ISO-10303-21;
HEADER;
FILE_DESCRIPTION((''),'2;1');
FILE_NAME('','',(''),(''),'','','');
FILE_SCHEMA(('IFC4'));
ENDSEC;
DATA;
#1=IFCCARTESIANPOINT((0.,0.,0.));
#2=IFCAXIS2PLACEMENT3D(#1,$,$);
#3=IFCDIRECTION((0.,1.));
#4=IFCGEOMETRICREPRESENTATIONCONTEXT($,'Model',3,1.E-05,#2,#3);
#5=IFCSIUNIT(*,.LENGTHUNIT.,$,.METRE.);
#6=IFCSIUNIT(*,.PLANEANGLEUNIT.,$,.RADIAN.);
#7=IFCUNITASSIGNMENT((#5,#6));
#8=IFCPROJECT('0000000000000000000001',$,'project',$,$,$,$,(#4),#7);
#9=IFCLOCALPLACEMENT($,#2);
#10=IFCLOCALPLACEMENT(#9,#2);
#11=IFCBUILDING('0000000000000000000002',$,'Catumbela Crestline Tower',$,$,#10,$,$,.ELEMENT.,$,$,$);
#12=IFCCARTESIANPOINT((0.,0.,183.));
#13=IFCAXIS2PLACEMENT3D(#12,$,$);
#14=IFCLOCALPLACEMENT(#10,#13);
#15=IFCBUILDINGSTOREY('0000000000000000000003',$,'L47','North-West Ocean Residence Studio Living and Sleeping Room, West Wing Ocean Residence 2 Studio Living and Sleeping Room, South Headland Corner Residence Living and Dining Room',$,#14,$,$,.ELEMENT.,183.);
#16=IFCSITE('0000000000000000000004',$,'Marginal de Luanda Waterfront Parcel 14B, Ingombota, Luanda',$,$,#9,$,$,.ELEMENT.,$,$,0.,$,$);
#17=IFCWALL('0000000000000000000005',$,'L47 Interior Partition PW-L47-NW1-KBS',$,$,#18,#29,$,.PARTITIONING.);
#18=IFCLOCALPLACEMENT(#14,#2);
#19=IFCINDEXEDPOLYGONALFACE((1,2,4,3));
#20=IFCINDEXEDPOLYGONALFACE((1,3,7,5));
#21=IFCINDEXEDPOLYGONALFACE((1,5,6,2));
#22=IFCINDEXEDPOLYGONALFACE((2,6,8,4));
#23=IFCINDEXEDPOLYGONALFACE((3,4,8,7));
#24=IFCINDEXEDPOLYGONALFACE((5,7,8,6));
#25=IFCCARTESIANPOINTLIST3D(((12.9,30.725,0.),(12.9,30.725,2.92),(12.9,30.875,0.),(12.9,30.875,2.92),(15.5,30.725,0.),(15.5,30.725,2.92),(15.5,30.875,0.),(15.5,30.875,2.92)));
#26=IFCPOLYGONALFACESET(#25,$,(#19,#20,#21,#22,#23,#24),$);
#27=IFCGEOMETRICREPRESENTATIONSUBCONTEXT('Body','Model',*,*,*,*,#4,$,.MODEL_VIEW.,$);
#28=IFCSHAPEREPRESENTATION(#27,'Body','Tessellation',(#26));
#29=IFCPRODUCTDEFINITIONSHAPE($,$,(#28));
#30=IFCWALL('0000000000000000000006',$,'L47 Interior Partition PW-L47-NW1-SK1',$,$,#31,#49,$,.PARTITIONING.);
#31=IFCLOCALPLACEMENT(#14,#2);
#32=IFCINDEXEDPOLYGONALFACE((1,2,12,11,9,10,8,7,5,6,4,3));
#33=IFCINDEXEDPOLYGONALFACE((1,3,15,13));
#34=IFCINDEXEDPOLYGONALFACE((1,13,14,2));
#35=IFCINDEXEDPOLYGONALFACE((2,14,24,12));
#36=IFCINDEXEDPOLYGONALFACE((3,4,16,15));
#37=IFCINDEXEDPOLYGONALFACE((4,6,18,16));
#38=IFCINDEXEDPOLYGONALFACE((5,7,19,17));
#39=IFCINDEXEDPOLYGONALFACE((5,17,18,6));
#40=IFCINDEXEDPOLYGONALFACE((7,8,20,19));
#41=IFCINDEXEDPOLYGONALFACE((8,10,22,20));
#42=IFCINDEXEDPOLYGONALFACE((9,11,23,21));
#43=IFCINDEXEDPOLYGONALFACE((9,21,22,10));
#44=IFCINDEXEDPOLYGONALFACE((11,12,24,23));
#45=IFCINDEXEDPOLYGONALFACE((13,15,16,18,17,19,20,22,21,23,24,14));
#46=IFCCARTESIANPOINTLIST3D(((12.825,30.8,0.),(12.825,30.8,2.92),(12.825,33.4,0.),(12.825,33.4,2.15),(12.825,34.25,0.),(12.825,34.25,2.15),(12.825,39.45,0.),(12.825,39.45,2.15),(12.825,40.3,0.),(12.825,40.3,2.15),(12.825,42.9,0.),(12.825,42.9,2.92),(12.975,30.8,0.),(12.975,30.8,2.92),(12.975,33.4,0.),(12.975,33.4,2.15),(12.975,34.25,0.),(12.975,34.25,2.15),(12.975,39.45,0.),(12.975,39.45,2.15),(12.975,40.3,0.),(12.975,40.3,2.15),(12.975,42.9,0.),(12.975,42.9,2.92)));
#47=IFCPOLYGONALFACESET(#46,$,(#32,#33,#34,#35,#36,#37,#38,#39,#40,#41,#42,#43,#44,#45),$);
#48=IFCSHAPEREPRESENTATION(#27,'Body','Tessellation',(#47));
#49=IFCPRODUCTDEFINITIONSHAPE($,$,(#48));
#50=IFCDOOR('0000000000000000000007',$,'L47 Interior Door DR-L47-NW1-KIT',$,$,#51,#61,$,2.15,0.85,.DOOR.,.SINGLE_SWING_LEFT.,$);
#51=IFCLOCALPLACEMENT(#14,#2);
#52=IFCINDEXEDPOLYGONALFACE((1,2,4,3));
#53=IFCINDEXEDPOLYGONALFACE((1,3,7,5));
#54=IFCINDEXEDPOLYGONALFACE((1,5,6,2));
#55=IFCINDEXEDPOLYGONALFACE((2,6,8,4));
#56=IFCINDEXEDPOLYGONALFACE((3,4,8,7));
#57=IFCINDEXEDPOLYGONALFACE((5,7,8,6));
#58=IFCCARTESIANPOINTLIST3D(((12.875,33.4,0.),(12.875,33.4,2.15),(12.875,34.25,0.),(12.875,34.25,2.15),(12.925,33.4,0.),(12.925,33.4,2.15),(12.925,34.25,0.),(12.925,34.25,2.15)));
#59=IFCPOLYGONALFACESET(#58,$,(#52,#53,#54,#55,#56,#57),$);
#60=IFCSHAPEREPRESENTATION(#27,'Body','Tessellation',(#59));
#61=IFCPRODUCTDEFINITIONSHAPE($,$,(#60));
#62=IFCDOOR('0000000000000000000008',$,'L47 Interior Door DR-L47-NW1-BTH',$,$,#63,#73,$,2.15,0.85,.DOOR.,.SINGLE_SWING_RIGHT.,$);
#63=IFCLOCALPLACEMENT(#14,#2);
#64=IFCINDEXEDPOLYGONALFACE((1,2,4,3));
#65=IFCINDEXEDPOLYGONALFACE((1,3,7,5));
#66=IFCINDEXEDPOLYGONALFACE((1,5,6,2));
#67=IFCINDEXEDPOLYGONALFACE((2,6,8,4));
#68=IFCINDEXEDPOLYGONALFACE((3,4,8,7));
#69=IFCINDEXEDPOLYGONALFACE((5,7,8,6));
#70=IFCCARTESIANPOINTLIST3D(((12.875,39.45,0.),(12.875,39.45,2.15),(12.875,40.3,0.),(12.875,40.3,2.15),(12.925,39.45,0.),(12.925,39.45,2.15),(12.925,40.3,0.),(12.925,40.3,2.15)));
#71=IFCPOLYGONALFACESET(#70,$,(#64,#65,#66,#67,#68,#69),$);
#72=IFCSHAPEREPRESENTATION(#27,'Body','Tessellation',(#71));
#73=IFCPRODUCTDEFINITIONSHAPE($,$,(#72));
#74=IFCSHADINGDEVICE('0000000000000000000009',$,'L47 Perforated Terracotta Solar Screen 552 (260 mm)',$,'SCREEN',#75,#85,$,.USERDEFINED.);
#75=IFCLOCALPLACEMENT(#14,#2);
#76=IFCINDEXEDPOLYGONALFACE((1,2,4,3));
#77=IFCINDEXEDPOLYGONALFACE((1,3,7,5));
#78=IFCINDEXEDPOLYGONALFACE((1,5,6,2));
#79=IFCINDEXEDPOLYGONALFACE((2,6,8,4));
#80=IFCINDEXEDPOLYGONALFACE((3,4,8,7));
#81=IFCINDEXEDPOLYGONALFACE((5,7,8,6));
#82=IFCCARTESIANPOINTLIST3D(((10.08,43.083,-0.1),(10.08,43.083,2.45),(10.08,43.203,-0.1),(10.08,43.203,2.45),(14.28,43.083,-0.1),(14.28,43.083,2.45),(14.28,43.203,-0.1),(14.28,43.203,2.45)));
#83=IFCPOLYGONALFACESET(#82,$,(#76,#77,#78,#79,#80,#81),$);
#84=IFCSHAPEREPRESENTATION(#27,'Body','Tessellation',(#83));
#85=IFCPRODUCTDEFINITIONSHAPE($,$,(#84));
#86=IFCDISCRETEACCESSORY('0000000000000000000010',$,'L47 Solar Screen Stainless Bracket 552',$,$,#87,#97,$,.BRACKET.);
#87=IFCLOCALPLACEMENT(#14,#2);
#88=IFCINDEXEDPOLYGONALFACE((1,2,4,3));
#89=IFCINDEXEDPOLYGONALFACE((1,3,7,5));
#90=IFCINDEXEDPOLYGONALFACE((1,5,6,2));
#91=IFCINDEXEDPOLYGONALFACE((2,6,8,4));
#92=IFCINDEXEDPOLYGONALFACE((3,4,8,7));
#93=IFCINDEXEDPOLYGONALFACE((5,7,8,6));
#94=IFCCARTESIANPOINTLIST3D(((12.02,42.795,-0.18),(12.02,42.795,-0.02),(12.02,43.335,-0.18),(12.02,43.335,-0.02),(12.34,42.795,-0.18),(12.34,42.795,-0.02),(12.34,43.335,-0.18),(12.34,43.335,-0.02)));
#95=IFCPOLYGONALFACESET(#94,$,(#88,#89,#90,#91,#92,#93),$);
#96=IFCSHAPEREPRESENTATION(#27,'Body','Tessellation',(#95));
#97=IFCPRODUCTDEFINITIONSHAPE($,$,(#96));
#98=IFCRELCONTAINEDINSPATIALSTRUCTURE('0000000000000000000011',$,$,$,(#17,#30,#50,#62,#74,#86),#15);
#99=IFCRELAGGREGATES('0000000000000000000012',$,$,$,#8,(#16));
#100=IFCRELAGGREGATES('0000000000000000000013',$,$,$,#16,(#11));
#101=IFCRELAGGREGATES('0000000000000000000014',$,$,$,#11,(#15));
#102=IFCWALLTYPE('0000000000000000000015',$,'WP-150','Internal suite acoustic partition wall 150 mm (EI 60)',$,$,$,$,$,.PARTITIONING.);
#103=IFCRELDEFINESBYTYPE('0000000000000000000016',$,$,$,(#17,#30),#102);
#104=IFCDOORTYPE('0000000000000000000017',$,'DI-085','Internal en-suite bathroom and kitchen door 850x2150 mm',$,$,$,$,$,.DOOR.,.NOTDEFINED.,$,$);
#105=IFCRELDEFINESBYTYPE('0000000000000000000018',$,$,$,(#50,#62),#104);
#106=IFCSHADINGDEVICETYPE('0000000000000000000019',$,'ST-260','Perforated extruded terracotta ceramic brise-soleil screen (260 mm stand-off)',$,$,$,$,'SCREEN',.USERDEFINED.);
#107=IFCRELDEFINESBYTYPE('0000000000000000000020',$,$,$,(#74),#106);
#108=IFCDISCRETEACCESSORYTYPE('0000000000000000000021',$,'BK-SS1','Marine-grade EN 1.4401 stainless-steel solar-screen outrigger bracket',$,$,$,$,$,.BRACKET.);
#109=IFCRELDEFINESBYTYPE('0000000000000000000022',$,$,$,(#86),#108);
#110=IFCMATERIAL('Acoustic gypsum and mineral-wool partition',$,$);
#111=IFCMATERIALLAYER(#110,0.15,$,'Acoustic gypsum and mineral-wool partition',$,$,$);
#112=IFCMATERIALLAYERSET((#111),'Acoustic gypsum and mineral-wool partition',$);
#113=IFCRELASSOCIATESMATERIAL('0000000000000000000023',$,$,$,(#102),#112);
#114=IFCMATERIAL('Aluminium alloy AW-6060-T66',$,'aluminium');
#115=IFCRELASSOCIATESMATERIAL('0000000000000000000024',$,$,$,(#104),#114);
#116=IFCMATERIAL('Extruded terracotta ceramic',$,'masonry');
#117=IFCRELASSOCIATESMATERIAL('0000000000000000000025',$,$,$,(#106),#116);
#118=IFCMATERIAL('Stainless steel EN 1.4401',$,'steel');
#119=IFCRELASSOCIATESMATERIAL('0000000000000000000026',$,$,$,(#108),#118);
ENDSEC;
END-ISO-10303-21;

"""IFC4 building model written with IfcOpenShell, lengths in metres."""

from ifc_helpers import new_model, si_unit, direction, frame, frame_2d, origin, origin_2d, place, context, subcontext, project, spatial, rectangle, extrude, material, layer, layer_set, type_object, element, fill, save


model = new_model("IFC4")

# Units and contexts
model_context = context("Model", 3, precision=1e-05, world=origin(), true_north=direction((0.0, 1.0)))
body_context = subcontext(model_context, "Body", "Model", "MODEL_VIEW")
ifc_project = project(units=[si_unit("LENGTHUNIT", "METRE"), si_unit("PLANEANGLEUNIT", "RADIAN")], contexts=[model_context])

# Site, building, storey
site_placement = place(None, origin())
site = spatial("IfcSite", under=ifc_project, at=site_placement, Name="Marginal de Luanda Waterfront Parcel 14B, Ingombota, Luanda", CompositionType="ELEMENT", RefElevation=0.0)
building_placement = place(site_placement, origin())
building = spatial("IfcBuilding", under=site, at=building_placement, Name="Catumbela Crestline Tower", CompositionType="ELEMENT")
storey_placement = place(building_placement, frame((0.0, 0.0, 183.0)))
storey = spatial("IfcBuildingStorey", under=building, at=storey_placement, Name="L47", Description="North-West Ocean Residence Studio Living and Sleeping Room, West Wing Ocean Residence 2 Studio Living and Sleeping Room, South Headland Corner Residence Living and Dining Room", CompositionType="ELEMENT", Elevation=183.0)

# Shared definitions
ifc_material_1 = material(Name="Aluminium alloy AW-6060-T66", Category="aluminium")

# Wall
ifc_material_2 = material(Name="Acoustic gypsum and mineral-wool partition")
ifc_layer_1 = layer(ifc_material_2, 0.15, Name="Acoustic gypsum and mineral-wool partition")
ifc_layer_set_1 = layer_set([ifc_layer_1], Name="Acoustic gypsum and mineral-wool partition")
wall_type_1 = type_object("IfcWallType", Name="WP-150", Description="Internal suite acoustic partition wall 150 mm (EI 60)", PredefinedType="PARTITIONING", material=ifc_layer_set_1)
wall_1_placement = place(storey_placement, frame((12.9, 30.8, 0.0), z_axis=(0.0, 0.0, 1.0), x_axis=(1.0, 0.0, 0.0)))
element("IfcWall", 1, at=wall_1_placement, inside=storey, type_object=wall_type_1, Name="L47 Interior Partition PW-L47-NW1-KBS", PredefinedType="PARTITIONING", context=body_context, shape_type="SweptSolid", body=[
    extrude(rectangle(XDim=2.6, YDim=0.15, at=frame_2d((1.3, 0.0))), origin(), (0.0, 0.0, 1.0), 2.92),
])

# Wall, openings, doors
wall_2_placement = place(storey_placement, frame((12.9, 30.8, 0.0), z_axis=(0.0, 0.0, 1.0), x_axis=(0.0, 1.0, 0.0)))
wall_2 = element("IfcWall", 2, at=wall_2_placement, inside=storey, type_object=wall_type_1, Name="L47 Interior Partition PW-L47-NW1-SK1", PredefinedType="PARTITIONING", context=body_context, shape_type="SweptSolid", body=[
    extrude(rectangle(XDim=12.1, YDim=0.15, at=frame_2d((6.05, 0.0))), origin(), (0.0, 0.0, 1.0), 2.92),
])
opening_1_placement = place(wall_2_placement, frame((2.6, 0.0, 0.0)))
opening_1 = element("IfcOpeningElement", 3, at=opening_1_placement, cuts=wall_2, PredefinedType="OPENING", context=body_context, shape_type="SweptSolid", body=[
    extrude(rectangle(XDim=0.85, YDim=2.15, at=frame_2d((0.425, 1.075))), frame((0.0, 0.085, 0.0), z_axis=(0.0, -1.0, 0.0), x_axis=(1.0, 0.0, 0.0)), (0.0, 0.0, 1.0), 0.17),
])
opening_2_placement = place(wall_2_placement, frame((8.65, 0.0, 0.0)))
opening_2 = element("IfcOpeningElement", 4, at=opening_2_placement, cuts=wall_2, PredefinedType="OPENING", context=body_context, shape_type="SweptSolid", body=[
    extrude(rectangle(XDim=0.85, YDim=2.15, at=frame_2d((0.425, 1.075))), frame((0.0, 0.085, 0.0), z_axis=(0.0, -1.0, 0.0), x_axis=(1.0, 0.0, 0.0)), (0.0, 0.0, 1.0), 0.17),
])
door_type_1 = type_object("IfcDoorType", Name="DI-085", Description="Internal en-suite bathroom and kitchen door 850x2150 mm", OperationType="NOTDEFINED", PredefinedType="DOOR", material=ifc_material_1)
door_1_placement = place(opening_1_placement, origin())
door_1 = element("IfcDoor", 5, at=door_1_placement, inside=storey, type_object=door_type_1, Name="L47 Interior Door DR-L47-NW1-KIT", OperationType="SINGLE_SWING_LEFT", OverallHeight=2.15, OverallWidth=0.85, PredefinedType="DOOR", context=body_context, shape_type="SweptSolid", body=[
    extrude(rectangle(XDim=0.85, YDim=2.15, at=frame_2d((0.425, 1.075))), frame((0.0, 0.025, 0.0), z_axis=(0.0, -1.0, 0.0), x_axis=(1.0, 0.0, 0.0)), (0.0, 0.0, 1.0), 0.05),
])
fill(opening_1, door_1)
door_2_placement = place(opening_2_placement, origin())
door_2 = element("IfcDoor", 6, at=door_2_placement, inside=storey, type_object=door_type_1, Name="L47 Interior Door DR-L47-NW1-BTH", OperationType="SINGLE_SWING_RIGHT", OverallHeight=2.15, OverallWidth=0.85, PredefinedType="DOOR", context=body_context, shape_type="SweptSolid", body=[
    extrude(rectangle(XDim=0.85, YDim=2.15, at=frame_2d((0.425, 1.075))), frame((0.0, 0.025, 0.0), z_axis=(0.0, -1.0, 0.0), x_axis=(1.0, 0.0, 0.0)), (0.0, 0.0, 1.0), 0.05),
])
fill(opening_2, door_2)

# Shared definitions
ifc_material_3 = material(Name="Stainless steel EN 1.4401", Category="steel")

# Shading device
ifc_material_4 = material(Name="Extruded terracotta ceramic", Category="masonry")
shading_device_type = type_object("IfcShadingDeviceType", Name="ST-260", Description="Perforated extruded terracotta ceramic brise-soleil screen (260 mm stand-off)", ElementType="SCREEN", PredefinedType="USERDEFINED", material=ifc_material_4)
shading_device_placement = place(storey_placement, frame((12.18, 43.143, -0.1), z_axis=(0.0, 0.0, 1.0), x_axis=(-1.0, 0.0, 0.0)))
element("IfcShadingDevice", 7, at=shading_device_placement, inside=storey, type_object=shading_device_type, Name="L47 Perforated Terracotta Solar Screen 552 (260 mm)", ObjectType="SCREEN", PredefinedType="USERDEFINED", context=body_context, shape_type="SweptSolid", body=[
    extrude(rectangle(XDim=4.2, YDim=0.12, at=origin_2d()), origin(), (0.0, 0.0, 1.0), 2.55),
])

# Discrete accessory
discrete_accessory_type = type_object("IfcDiscreteAccessoryType", Name="BK-SS1", Description="Marine-grade EN 1.4401 stainless-steel solar-screen outrigger bracket", PredefinedType="BRACKET", material=ifc_material_3)
discrete_accessory_placement = place(storey_placement, frame((12.18, 43.065, -0.18), z_axis=(0.0, 0.0, 1.0), x_axis=(-1.0, 0.0, 0.0)))
element("IfcDiscreteAccessory", 8, at=discrete_accessory_placement, inside=storey, type_object=discrete_accessory_type, Name="L47 Solar Screen Stainless Bracket 552", PredefinedType="BRACKET", context=body_context, shape_type="SweptSolid", body=[
    extrude(rectangle(XDim=0.32, YDim=0.54, at=origin_2d()), origin(), (0.0, 0.0, 1.0), 0.16),
])

save(model, "model.ifc")
